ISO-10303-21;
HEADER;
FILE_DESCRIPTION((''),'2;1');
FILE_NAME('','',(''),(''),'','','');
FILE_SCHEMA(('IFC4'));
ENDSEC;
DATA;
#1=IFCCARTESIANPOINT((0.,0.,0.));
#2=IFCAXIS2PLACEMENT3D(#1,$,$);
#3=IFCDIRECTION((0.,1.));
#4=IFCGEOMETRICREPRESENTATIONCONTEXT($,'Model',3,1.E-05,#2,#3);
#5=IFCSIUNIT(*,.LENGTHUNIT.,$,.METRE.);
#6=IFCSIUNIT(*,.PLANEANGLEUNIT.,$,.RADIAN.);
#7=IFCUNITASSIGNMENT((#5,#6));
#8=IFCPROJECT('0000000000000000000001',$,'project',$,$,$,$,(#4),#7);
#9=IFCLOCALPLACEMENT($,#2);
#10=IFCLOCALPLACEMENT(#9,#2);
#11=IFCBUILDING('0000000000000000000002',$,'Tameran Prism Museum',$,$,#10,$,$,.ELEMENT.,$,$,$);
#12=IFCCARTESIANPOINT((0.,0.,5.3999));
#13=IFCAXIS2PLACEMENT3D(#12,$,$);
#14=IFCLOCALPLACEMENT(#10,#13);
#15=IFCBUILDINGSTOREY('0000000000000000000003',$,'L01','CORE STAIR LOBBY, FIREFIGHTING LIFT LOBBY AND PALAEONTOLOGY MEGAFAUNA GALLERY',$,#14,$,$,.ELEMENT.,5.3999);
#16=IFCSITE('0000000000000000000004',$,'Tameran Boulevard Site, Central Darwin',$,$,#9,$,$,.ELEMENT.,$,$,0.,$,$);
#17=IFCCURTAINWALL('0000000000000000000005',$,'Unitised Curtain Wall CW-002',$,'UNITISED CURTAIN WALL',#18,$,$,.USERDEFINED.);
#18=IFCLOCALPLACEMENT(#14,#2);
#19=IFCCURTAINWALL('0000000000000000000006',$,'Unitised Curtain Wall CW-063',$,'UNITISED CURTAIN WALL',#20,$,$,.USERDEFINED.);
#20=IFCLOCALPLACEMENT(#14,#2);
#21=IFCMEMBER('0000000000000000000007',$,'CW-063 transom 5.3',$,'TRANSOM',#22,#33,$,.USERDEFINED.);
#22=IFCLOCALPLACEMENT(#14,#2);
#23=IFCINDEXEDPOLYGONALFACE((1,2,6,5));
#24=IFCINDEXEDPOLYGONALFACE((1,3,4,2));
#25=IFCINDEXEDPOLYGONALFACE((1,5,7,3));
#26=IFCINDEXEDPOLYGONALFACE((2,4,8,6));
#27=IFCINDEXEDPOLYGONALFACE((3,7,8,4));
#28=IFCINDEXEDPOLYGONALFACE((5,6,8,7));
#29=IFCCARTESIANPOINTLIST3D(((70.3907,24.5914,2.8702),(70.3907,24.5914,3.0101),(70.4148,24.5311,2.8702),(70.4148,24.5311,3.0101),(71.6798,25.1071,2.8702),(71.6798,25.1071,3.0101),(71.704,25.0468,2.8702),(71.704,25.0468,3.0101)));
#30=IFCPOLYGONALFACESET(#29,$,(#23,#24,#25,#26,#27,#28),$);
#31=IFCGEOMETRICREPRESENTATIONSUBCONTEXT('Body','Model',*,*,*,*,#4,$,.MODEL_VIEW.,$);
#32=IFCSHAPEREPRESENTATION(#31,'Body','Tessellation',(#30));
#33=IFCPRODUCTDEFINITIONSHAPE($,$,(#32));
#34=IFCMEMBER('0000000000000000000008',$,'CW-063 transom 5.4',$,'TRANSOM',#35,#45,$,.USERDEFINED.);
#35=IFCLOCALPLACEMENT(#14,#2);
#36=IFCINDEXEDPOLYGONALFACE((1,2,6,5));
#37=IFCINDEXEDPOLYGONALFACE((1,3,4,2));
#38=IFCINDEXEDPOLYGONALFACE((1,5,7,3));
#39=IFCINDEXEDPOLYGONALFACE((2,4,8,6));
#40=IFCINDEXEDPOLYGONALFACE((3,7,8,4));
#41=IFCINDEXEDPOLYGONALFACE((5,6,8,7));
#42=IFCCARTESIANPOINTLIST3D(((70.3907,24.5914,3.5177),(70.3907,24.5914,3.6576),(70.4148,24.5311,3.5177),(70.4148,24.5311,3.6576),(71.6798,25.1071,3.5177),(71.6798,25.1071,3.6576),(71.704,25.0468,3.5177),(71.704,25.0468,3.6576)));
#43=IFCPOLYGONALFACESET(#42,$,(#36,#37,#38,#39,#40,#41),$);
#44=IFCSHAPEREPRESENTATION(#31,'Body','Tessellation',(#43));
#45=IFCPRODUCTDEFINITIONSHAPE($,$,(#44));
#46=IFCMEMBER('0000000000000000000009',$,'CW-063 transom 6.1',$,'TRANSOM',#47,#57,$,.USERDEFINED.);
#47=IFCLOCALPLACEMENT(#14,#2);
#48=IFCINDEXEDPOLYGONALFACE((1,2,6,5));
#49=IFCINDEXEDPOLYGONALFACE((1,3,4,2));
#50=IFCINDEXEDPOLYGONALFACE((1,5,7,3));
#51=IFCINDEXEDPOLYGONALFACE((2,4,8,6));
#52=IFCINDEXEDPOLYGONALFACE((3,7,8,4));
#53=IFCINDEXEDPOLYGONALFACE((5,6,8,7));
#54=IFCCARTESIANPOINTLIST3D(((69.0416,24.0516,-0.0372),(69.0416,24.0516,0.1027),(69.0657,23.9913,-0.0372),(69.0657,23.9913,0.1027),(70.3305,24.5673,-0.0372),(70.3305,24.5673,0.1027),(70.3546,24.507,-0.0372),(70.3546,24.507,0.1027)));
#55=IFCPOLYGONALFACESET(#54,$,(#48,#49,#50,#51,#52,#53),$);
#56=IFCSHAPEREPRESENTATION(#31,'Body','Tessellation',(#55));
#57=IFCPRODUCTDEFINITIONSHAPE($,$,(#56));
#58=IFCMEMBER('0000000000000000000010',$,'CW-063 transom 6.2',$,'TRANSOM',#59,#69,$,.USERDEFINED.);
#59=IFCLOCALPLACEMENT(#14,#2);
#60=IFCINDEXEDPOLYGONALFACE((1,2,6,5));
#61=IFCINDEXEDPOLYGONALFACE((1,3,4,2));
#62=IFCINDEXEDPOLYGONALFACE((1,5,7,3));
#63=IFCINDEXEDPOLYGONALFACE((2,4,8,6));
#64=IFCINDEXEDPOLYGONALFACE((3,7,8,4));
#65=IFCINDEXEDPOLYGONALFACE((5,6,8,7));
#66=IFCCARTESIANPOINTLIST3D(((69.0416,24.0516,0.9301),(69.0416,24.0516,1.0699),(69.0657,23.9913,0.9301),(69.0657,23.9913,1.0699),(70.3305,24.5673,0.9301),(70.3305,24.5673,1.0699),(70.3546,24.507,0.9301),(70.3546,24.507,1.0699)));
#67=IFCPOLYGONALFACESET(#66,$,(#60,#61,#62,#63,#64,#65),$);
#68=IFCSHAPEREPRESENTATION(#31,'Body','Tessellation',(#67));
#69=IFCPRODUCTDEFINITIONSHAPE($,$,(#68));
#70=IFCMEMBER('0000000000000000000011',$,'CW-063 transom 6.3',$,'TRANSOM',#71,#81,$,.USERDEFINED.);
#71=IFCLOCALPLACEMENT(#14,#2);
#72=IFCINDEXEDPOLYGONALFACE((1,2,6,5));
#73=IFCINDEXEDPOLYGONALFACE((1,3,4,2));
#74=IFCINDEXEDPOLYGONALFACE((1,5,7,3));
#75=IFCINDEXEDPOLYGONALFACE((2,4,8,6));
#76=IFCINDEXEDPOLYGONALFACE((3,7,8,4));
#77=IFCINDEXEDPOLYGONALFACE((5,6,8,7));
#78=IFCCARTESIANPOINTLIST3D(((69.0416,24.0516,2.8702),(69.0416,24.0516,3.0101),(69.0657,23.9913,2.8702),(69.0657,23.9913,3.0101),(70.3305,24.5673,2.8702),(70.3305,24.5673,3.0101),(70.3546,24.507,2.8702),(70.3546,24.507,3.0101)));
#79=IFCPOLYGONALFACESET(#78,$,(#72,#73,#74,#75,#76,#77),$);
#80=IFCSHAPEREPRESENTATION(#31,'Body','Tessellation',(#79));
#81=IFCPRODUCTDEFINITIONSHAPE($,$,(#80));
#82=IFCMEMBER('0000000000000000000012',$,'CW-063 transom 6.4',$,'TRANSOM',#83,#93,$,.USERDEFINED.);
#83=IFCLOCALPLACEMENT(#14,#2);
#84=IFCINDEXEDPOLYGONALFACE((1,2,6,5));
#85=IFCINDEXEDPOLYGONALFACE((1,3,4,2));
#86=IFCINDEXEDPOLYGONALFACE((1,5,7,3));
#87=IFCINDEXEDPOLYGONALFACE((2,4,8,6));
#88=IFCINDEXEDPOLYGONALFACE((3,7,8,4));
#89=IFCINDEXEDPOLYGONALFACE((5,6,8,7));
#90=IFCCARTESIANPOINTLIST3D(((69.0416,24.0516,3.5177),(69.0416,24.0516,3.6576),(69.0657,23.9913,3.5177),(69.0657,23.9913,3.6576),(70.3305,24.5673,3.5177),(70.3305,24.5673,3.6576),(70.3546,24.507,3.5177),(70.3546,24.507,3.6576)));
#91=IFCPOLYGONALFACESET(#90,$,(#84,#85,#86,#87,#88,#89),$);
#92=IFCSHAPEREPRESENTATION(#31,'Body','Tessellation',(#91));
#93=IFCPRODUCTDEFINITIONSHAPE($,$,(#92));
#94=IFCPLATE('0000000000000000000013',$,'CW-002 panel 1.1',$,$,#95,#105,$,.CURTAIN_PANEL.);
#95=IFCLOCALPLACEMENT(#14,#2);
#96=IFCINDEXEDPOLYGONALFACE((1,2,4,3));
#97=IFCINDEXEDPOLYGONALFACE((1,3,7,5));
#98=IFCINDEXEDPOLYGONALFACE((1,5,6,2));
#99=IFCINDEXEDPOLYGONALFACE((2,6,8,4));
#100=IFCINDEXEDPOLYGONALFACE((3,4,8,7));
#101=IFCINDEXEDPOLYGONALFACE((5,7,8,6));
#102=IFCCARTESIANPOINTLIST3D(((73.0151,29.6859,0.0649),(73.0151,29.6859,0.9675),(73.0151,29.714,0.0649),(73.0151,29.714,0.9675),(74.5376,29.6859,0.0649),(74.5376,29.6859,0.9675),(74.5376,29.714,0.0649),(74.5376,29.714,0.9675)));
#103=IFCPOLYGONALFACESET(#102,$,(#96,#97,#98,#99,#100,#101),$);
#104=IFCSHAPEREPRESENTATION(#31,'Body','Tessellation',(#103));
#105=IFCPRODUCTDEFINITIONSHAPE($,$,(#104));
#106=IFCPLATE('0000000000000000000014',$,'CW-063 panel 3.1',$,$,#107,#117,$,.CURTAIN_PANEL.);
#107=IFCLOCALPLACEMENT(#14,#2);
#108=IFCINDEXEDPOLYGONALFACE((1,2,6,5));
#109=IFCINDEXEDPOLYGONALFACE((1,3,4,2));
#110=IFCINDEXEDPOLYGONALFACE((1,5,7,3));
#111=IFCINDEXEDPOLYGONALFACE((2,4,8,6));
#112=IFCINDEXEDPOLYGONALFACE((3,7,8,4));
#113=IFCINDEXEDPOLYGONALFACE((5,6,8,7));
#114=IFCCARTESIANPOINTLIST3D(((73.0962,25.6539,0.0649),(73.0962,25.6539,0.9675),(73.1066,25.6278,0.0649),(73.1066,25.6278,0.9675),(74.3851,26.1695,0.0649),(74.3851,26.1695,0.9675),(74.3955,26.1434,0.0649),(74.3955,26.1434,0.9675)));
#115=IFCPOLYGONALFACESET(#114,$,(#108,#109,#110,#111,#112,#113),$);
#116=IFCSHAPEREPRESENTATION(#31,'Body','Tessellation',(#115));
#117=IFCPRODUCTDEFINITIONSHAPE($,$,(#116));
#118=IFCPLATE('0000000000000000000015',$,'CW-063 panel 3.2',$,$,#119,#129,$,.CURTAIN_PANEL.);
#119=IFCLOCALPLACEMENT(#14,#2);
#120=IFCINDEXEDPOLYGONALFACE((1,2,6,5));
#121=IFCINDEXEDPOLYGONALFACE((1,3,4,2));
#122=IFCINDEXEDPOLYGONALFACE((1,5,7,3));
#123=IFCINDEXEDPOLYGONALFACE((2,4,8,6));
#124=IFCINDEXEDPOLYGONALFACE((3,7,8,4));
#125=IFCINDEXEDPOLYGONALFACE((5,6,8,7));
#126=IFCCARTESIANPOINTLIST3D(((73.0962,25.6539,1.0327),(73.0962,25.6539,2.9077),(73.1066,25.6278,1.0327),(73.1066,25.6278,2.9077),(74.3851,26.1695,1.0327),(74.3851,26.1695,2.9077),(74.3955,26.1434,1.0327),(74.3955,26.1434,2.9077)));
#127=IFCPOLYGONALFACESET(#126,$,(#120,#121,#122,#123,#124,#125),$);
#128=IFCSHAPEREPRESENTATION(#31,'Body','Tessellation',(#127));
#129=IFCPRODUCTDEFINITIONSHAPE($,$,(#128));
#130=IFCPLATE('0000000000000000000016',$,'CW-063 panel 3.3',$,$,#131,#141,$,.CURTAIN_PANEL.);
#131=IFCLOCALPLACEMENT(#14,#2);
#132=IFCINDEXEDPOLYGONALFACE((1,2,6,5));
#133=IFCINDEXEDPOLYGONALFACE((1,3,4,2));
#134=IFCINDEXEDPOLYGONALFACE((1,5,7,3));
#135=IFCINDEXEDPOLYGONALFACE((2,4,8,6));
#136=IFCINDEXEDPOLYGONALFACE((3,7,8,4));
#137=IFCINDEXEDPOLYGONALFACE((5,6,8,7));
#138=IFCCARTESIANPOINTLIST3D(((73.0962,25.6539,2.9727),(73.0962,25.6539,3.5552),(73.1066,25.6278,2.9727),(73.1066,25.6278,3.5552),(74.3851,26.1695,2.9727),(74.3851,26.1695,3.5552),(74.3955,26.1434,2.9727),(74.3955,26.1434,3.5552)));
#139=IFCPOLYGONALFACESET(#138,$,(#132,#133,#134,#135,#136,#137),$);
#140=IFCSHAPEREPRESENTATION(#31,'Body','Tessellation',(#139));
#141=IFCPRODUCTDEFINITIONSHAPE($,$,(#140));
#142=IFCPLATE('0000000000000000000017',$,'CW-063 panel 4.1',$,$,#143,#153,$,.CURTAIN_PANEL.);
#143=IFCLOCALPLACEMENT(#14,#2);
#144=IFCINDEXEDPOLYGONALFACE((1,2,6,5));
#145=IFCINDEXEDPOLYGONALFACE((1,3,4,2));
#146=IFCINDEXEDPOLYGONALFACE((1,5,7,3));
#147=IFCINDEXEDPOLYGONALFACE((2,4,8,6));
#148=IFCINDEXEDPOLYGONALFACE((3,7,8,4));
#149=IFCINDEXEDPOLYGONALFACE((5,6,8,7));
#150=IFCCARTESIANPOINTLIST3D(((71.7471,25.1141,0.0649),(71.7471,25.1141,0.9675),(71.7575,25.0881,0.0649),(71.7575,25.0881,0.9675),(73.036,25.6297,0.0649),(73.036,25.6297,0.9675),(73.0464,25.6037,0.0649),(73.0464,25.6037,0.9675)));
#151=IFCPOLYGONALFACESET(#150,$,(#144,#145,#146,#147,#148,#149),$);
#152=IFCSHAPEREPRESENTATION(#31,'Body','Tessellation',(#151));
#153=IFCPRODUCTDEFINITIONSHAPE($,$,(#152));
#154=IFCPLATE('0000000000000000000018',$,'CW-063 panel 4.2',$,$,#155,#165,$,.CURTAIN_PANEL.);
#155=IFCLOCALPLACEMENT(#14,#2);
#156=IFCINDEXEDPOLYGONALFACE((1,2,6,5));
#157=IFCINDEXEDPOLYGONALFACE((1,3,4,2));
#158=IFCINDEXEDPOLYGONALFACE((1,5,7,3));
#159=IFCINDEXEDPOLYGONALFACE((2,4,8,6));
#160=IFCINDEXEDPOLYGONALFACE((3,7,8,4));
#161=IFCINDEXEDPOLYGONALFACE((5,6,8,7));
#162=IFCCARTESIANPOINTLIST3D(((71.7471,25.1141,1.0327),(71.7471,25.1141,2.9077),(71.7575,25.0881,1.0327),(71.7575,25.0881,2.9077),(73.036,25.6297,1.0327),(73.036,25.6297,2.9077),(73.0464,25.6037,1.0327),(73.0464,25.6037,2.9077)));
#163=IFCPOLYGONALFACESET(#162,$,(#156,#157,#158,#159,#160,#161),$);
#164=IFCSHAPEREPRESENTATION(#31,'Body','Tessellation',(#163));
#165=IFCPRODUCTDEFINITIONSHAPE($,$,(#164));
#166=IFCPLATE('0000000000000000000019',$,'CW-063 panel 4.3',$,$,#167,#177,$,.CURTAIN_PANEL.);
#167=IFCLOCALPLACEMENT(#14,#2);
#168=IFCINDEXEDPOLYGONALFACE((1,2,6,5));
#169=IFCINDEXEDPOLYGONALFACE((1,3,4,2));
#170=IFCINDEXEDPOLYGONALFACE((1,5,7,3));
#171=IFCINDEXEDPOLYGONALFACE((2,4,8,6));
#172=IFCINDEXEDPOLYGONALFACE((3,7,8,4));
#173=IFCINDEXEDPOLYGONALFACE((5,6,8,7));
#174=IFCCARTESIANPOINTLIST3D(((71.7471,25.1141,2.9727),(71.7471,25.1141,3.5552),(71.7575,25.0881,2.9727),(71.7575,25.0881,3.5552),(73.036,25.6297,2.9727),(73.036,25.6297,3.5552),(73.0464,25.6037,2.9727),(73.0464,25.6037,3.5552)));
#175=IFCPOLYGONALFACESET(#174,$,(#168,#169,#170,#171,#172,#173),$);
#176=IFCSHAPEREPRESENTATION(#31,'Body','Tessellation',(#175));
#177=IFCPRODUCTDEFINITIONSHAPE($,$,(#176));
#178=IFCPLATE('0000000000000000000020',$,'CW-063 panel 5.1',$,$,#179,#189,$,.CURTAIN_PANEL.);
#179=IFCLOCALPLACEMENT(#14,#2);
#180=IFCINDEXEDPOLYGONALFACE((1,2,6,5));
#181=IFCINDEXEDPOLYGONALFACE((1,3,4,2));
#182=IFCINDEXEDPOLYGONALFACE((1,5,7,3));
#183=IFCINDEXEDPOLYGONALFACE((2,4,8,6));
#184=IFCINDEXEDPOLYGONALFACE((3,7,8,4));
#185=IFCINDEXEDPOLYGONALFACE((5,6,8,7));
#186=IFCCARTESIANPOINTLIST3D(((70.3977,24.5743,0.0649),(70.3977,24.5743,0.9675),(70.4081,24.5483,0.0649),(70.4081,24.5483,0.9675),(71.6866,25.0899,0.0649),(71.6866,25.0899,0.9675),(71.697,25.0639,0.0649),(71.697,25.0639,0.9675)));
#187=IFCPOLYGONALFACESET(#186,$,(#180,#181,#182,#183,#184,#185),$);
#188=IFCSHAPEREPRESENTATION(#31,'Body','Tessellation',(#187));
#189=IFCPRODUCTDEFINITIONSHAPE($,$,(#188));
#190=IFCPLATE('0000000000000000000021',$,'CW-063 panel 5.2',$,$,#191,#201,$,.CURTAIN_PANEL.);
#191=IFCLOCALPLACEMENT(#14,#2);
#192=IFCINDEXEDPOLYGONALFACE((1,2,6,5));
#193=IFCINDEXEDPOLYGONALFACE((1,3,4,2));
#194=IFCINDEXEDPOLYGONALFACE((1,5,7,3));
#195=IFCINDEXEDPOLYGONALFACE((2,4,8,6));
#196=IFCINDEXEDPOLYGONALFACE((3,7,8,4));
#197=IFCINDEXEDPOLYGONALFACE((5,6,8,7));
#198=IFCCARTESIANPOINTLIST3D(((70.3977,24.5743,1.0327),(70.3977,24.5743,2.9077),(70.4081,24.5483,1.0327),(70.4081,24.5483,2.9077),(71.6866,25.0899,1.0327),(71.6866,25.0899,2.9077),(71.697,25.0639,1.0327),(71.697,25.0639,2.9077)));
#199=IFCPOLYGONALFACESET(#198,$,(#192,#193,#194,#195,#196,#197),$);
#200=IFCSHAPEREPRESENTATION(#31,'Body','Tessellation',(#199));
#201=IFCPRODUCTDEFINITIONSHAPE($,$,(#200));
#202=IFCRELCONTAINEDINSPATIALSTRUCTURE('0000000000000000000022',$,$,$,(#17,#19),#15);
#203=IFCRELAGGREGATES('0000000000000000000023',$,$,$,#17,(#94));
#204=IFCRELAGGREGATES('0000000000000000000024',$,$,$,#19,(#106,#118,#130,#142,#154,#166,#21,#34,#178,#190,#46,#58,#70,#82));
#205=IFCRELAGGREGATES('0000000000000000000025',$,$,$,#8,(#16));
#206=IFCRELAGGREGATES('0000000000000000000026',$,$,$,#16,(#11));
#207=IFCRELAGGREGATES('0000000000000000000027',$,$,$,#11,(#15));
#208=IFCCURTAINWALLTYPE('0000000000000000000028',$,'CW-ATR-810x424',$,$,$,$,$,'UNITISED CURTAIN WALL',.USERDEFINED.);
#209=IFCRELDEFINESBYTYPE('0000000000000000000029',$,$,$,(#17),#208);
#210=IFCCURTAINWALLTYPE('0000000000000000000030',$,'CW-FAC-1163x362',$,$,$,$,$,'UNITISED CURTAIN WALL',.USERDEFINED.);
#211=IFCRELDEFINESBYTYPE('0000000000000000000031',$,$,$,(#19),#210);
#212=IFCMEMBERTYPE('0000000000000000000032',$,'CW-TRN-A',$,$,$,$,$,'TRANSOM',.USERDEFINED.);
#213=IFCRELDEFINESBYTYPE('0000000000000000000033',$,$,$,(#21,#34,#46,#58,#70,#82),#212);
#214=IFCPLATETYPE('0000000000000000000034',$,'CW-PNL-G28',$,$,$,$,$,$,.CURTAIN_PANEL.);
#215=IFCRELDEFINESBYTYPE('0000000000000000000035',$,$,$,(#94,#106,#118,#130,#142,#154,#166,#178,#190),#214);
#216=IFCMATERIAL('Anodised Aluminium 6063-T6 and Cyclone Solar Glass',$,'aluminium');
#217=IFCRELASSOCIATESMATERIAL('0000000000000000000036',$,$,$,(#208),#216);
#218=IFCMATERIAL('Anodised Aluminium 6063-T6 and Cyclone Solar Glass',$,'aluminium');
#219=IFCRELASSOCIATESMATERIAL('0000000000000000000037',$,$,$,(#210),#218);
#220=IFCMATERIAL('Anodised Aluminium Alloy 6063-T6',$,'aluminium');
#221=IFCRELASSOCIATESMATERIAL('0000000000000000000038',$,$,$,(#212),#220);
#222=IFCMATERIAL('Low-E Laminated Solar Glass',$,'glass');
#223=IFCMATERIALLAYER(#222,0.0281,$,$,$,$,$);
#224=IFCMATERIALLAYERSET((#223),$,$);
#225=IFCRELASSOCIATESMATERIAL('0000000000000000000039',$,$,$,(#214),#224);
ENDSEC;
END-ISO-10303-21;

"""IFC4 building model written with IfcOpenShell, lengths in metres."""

from ifc_helpers import new_model, si_unit, direction, frame, origin, origin_2d, place, context, subcontext, project, spatial, rectangle, extrude, material, layer, layer_set, material_profile, profile_set, type_object, element, aggregate, save


model = new_model("IFC4")

# Units and contexts
model_context = context("Model", 3, precision=1e-05, world=origin(), true_north=direction((0.0, 1.0)))
body_context = subcontext(model_context, "Body", "Model", "MODEL_VIEW")
ifc_project = project(units=[si_unit("LENGTHUNIT", "METRE"), si_unit("PLANEANGLEUNIT", "RADIAN")], contexts=[model_context])

# Site, building, storey
site_placement = place(None, origin())
site = spatial("IfcSite", under=ifc_project, at=site_placement, Name="Tameran Boulevard Site, Central Darwin", CompositionType="ELEMENT", RefElevation=0.0)
building_placement = place(site_placement, origin())
building = spatial("IfcBuilding", under=site, at=building_placement, Name="Tameran Prism Museum", CompositionType="ELEMENT")
storey_placement = place(building_placement, frame((0.0, 0.0, 5.3999)))
storey = spatial("IfcBuildingStorey", under=building, at=storey_placement, Name="L01", Description="CORE STAIR LOBBY, FIREFIGHTING LIFT LOBBY AND PALAEONTOLOGY MEGAFAUNA GALLERY", CompositionType="ELEMENT", Elevation=5.3999)

# Curtain wall
ifc_material_1 = material(Name="Anodised Aluminium 6063-T6 and Cyclone Solar Glass", Category="aluminium")
curtain_wall_type_1 = type_object("IfcCurtainWallType", Name="CW-ATR-810x424", ElementType="UNITISED CURTAIN WALL", PredefinedType="USERDEFINED", material=ifc_material_1)
curtain_wall_1_placement = place(storey_placement, origin())
curtain_wall_1 = element("IfcCurtainWall", 1, at=curtain_wall_1_placement, inside=storey, type_object=curtain_wall_type_1, Name="Unitised Curtain Wall CW-002", ObjectType="UNITISED CURTAIN WALL", PredefinedType="USERDEFINED")

# Curtain wall
ifc_material_2 = material(Name="Anodised Aluminium 6063-T6 and Cyclone Solar Glass", Category="aluminium")
curtain_wall_type_2 = type_object("IfcCurtainWallType", Name="CW-FAC-1163x362", ElementType="UNITISED CURTAIN WALL", PredefinedType="USERDEFINED", material=ifc_material_2)
curtain_wall_2_placement = place(storey_placement, origin())
curtain_wall_2 = element("IfcCurtainWall", 2, at=curtain_wall_2_placement, inside=storey, type_object=curtain_wall_type_2, Name="Unitised Curtain Wall CW-063", ObjectType="UNITISED CURTAIN WALL", PredefinedType="USERDEFINED")

# Members
ifc_material_3 = material(Name="Anodised Aluminium Alloy 6063-T6", Category="aluminium")
ifc_material_profile_1 = material_profile(ifc_material_3, rectangle(XDim=0.0649, YDim=0.1399, at=origin_2d()))
ifc_profile_set_1 = profile_set([ifc_material_profile_1])
member_type_1 = type_object("IfcMemberType", Name="CW-TRN-A", ElementType="TRANSOM", PredefinedType="USERDEFINED", material=ifc_profile_set_1)
member_1_placement = place(storey_placement, frame((71.6919, 25.0769, 2.9402), z_axis=(-0.928477, -0.371391, 0.0), x_axis=(0.371391, -0.928477, 0.0)))
member_1 = element("IfcMember", 3, at=member_1_placement, type_object=member_type_1, Name="CW-063 transom 5.3", ObjectType="TRANSOM", PredefinedType="USERDEFINED", context=body_context, shape_type="SweptSolid", body=[
    extrude(rectangle(XDim=0.0649, YDim=0.1399, at=origin_2d()), origin(), (0.0, 0.0, 1.0), 1.3884),
])
member_2_placement = place(storey_placement, frame((71.6919, 25.0769, 3.5876), z_axis=(-0.928477, -0.371391, 0.0), x_axis=(0.371391, -0.928477, 0.0)))
member_2 = element("IfcMember", 4, at=member_2_placement, type_object=member_type_1, Name="CW-063 transom 5.4", ObjectType="TRANSOM", PredefinedType="USERDEFINED", context=body_context, shape_type="SweptSolid", body=[
    extrude(rectangle(XDim=0.0649, YDim=0.1399, at=origin_2d()), origin(), (0.0, 0.0, 1.0), 1.3884),
])
member_3_placement = place(storey_placement, frame((70.3425, 24.5371, 0.0327), z_axis=(-0.928452, -0.371451, 0.0), x_axis=(0.371451, -0.928452, 0.0)))
member_3 = element("IfcMember", 5, at=member_3_placement, type_object=member_type_1, Name="CW-063 transom 6.1", ObjectType="TRANSOM", PredefinedType="USERDEFINED", context=body_context, shape_type="SweptSolid", body=[
    extrude(rectangle(XDim=0.0649, YDim=0.1399, at=origin_2d()), origin(), (0.0, 0.0, 1.0), 1.3882),
])
member_4_placement = place(storey_placement, frame((70.3425, 24.5371, 1.0), z_axis=(-0.928452, -0.371451, 0.0), x_axis=(0.371451, -0.928452, 0.0)))
member_4 = element("IfcMember", 6, at=member_4_placement, type_object=member_type_1, Name="CW-063 transom 6.2", ObjectType="TRANSOM", PredefinedType="USERDEFINED", context=body_context, shape_type="SweptSolid", body=[
    extrude(rectangle(XDim=0.0649, YDim=0.1399, at=origin_2d()), origin(), (0.0, 0.0, 1.0), 1.3882),
])
member_5_placement = place(storey_placement, frame((70.3425, 24.5371, 2.9402), z_axis=(-0.928452, -0.371451, 0.0), x_axis=(0.371451, -0.928452, 0.0)))
member_5 = element("IfcMember", 7, at=member_5_placement, type_object=member_type_1, Name="CW-063 transom 6.3", ObjectType="TRANSOM", PredefinedType="USERDEFINED", context=body_context, shape_type="SweptSolid", body=[
    extrude(rectangle(XDim=0.0649, YDim=0.1399, at=origin_2d()), origin(), (0.0, 0.0, 1.0), 1.3882),
])
member_6_placement = place(storey_placement, frame((70.3425, 24.5371, 3.5876), z_axis=(-0.928452, -0.371451, 0.0), x_axis=(0.371451, -0.928452, 0.0)))
member_6 = element("IfcMember", 8, at=member_6_placement, type_object=member_type_1, Name="CW-063 transom 6.4", ObjectType="TRANSOM", PredefinedType="USERDEFINED", context=body_context, shape_type="SweptSolid", body=[
    extrude(rectangle(XDim=0.0649, YDim=0.1399, at=origin_2d()), origin(), (0.0, 0.0, 1.0), 1.3882),
])

# Plates
ifc_material_4 = material(Name="Low-E Laminated Solar Glass", Category="glass")
ifc_layer_1 = layer(ifc_material_4, 0.0281)
ifc_layer_set_1 = layer_set([ifc_layer_1])
plate_type = type_object("IfcPlateType", Name="CW-PNL-G28", PredefinedType="CURTAIN_PANEL", material=ifc_layer_set_1)
plate_1_placement = place(storey_placement, frame((73.7764, 29.7, 0.0649), z_axis=(0.0, 0.0, 1.0), x_axis=(1.0, 0.0, 0.0)))
plate_1 = element("IfcPlate", 9, at=plate_1_placement, type_object=plate_type, Name="CW-002 panel 1.1", PredefinedType="CURTAIN_PANEL", context=body_context, shape_type="SweptSolid", body=[
    extrude(rectangle(XDim=1.5225, YDim=0.0281, at=origin_2d()), origin(), (0.0, 0.0, 1.0), 0.9026),
])
aggregate(curtain_wall_1, [plate_1])
plate_2_placement = place(storey_placement, frame((73.7458, 25.8987, 0.0649), z_axis=(0.0, 0.0, 1.0), x_axis=(-0.928465, -0.37142, 0.0)))
plate_2 = element("IfcPlate", 10, at=plate_2_placement, type_object=plate_type, Name="CW-063 panel 3.1", PredefinedType="CURTAIN_PANEL", context=body_context, shape_type="SweptSolid", body=[
    extrude(rectangle(XDim=1.3882, YDim=0.0281, at=origin_2d()), origin(), (0.0, 0.0, 1.0), 0.9026),
])
plate_3_placement = place(storey_placement, frame((73.7458, 25.8987, 1.0327), z_axis=(0.0, 0.0, 1.0), x_axis=(-0.928465, -0.37142, 0.0)))
plate_3 = element("IfcPlate", 11, at=plate_3_placement, type_object=plate_type, Name="CW-063 panel 3.2", PredefinedType="CURTAIN_PANEL", context=body_context, shape_type="SweptSolid", body=[
    extrude(rectangle(XDim=1.3882, YDim=0.0281, at=origin_2d()), origin(), (0.0, 0.0, 1.0), 1.875),
])
plate_4_placement = place(storey_placement, frame((73.7458, 25.8987, 2.9727), z_axis=(0.0, 0.0, 1.0), x_axis=(-0.928465, -0.37142, 0.0)))
plate_4 = element("IfcPlate", 12, at=plate_4_placement, type_object=plate_type, Name="CW-063 panel 3.3", PredefinedType="CURTAIN_PANEL", context=body_context, shape_type="SweptSolid", body=[
    extrude(rectangle(XDim=1.3882, YDim=0.0281, at=origin_2d()), origin(), (0.0, 0.0, 1.0), 0.5825),
])
plate_5_placement = place(storey_placement, frame((72.3967, 25.3589, 0.0649), z_axis=(0.0, 0.0, 1.0), x_axis=(-0.928465, -0.37142, 0.0)))
plate_5 = element("IfcPlate", 13, at=plate_5_placement, type_object=plate_type, Name="CW-063 panel 4.1", PredefinedType="CURTAIN_PANEL", context=body_context, shape_type="SweptSolid", body=[
    extrude(rectangle(XDim=1.3882, YDim=0.0281, at=origin_2d()), origin(), (0.0, 0.0, 1.0), 0.9026),
])
plate_6_placement = place(storey_placement, frame((72.3967, 25.3589, 1.0327), z_axis=(0.0, 0.0, 1.0), x_axis=(-0.928465, -0.37142, 0.0)))
plate_6 = element("IfcPlate", 14, at=plate_6_placement, type_object=plate_type, Name="CW-063 panel 4.2", PredefinedType="CURTAIN_PANEL", context=body_context, shape_type="SweptSolid", body=[
    extrude(rectangle(XDim=1.3882, YDim=0.0281, at=origin_2d()), origin(), (0.0, 0.0, 1.0), 1.875),
])
plate_7_placement = place(storey_placement, frame((72.3967, 25.3589, 2.9727), z_axis=(0.0, 0.0, 1.0), x_axis=(-0.928465, -0.37142, 0.0)))
plate_7 = element("IfcPlate", 15, at=plate_7_placement, type_object=plate_type, Name="CW-063 panel 4.3", PredefinedType="CURTAIN_PANEL", context=body_context, shape_type="SweptSolid", body=[
    extrude(rectangle(XDim=1.3882, YDim=0.0281, at=origin_2d()), origin(), (0.0, 0.0, 1.0), 0.5825),
])
plate_8_placement = place(storey_placement, frame((71.0474, 24.8191, 0.0649), z_axis=(0.0, 0.0, 1.0), x_axis=(-0.928465, -0.37142, 0.0)))
plate_8 = element("IfcPlate", 16, at=plate_8_placement, type_object=plate_type, Name="CW-063 panel 5.1", PredefinedType="CURTAIN_PANEL", context=body_context, shape_type="SweptSolid", body=[
    extrude(rectangle(XDim=1.3882, YDim=0.0281, at=origin_2d()), origin(), (0.0, 0.0, 1.0), 0.9026),
])
plate_9_placement = place(storey_placement, frame((71.0474, 24.8191, 1.0327), z_axis=(0.0, 0.0, 1.0), x_axis=(-0.928465, -0.37142, 0.0)))
plate_9 = element("IfcPlate", 17, at=plate_9_placement, type_object=plate_type, Name="CW-063 panel 5.2", PredefinedType="CURTAIN_PANEL", context=body_context, shape_type="SweptSolid", body=[
    extrude(rectangle(XDim=1.3882, YDim=0.0281, at=origin_2d()), origin(), (0.0, 0.0, 1.0), 1.875),
])
aggregate(curtain_wall_2, [plate_2, plate_3, plate_4, plate_5, plate_6, plate_7, member_1, member_2, plate_8, plate_9, member_3, member_4, member_5, member_6])

save(model, "model.ifc")
